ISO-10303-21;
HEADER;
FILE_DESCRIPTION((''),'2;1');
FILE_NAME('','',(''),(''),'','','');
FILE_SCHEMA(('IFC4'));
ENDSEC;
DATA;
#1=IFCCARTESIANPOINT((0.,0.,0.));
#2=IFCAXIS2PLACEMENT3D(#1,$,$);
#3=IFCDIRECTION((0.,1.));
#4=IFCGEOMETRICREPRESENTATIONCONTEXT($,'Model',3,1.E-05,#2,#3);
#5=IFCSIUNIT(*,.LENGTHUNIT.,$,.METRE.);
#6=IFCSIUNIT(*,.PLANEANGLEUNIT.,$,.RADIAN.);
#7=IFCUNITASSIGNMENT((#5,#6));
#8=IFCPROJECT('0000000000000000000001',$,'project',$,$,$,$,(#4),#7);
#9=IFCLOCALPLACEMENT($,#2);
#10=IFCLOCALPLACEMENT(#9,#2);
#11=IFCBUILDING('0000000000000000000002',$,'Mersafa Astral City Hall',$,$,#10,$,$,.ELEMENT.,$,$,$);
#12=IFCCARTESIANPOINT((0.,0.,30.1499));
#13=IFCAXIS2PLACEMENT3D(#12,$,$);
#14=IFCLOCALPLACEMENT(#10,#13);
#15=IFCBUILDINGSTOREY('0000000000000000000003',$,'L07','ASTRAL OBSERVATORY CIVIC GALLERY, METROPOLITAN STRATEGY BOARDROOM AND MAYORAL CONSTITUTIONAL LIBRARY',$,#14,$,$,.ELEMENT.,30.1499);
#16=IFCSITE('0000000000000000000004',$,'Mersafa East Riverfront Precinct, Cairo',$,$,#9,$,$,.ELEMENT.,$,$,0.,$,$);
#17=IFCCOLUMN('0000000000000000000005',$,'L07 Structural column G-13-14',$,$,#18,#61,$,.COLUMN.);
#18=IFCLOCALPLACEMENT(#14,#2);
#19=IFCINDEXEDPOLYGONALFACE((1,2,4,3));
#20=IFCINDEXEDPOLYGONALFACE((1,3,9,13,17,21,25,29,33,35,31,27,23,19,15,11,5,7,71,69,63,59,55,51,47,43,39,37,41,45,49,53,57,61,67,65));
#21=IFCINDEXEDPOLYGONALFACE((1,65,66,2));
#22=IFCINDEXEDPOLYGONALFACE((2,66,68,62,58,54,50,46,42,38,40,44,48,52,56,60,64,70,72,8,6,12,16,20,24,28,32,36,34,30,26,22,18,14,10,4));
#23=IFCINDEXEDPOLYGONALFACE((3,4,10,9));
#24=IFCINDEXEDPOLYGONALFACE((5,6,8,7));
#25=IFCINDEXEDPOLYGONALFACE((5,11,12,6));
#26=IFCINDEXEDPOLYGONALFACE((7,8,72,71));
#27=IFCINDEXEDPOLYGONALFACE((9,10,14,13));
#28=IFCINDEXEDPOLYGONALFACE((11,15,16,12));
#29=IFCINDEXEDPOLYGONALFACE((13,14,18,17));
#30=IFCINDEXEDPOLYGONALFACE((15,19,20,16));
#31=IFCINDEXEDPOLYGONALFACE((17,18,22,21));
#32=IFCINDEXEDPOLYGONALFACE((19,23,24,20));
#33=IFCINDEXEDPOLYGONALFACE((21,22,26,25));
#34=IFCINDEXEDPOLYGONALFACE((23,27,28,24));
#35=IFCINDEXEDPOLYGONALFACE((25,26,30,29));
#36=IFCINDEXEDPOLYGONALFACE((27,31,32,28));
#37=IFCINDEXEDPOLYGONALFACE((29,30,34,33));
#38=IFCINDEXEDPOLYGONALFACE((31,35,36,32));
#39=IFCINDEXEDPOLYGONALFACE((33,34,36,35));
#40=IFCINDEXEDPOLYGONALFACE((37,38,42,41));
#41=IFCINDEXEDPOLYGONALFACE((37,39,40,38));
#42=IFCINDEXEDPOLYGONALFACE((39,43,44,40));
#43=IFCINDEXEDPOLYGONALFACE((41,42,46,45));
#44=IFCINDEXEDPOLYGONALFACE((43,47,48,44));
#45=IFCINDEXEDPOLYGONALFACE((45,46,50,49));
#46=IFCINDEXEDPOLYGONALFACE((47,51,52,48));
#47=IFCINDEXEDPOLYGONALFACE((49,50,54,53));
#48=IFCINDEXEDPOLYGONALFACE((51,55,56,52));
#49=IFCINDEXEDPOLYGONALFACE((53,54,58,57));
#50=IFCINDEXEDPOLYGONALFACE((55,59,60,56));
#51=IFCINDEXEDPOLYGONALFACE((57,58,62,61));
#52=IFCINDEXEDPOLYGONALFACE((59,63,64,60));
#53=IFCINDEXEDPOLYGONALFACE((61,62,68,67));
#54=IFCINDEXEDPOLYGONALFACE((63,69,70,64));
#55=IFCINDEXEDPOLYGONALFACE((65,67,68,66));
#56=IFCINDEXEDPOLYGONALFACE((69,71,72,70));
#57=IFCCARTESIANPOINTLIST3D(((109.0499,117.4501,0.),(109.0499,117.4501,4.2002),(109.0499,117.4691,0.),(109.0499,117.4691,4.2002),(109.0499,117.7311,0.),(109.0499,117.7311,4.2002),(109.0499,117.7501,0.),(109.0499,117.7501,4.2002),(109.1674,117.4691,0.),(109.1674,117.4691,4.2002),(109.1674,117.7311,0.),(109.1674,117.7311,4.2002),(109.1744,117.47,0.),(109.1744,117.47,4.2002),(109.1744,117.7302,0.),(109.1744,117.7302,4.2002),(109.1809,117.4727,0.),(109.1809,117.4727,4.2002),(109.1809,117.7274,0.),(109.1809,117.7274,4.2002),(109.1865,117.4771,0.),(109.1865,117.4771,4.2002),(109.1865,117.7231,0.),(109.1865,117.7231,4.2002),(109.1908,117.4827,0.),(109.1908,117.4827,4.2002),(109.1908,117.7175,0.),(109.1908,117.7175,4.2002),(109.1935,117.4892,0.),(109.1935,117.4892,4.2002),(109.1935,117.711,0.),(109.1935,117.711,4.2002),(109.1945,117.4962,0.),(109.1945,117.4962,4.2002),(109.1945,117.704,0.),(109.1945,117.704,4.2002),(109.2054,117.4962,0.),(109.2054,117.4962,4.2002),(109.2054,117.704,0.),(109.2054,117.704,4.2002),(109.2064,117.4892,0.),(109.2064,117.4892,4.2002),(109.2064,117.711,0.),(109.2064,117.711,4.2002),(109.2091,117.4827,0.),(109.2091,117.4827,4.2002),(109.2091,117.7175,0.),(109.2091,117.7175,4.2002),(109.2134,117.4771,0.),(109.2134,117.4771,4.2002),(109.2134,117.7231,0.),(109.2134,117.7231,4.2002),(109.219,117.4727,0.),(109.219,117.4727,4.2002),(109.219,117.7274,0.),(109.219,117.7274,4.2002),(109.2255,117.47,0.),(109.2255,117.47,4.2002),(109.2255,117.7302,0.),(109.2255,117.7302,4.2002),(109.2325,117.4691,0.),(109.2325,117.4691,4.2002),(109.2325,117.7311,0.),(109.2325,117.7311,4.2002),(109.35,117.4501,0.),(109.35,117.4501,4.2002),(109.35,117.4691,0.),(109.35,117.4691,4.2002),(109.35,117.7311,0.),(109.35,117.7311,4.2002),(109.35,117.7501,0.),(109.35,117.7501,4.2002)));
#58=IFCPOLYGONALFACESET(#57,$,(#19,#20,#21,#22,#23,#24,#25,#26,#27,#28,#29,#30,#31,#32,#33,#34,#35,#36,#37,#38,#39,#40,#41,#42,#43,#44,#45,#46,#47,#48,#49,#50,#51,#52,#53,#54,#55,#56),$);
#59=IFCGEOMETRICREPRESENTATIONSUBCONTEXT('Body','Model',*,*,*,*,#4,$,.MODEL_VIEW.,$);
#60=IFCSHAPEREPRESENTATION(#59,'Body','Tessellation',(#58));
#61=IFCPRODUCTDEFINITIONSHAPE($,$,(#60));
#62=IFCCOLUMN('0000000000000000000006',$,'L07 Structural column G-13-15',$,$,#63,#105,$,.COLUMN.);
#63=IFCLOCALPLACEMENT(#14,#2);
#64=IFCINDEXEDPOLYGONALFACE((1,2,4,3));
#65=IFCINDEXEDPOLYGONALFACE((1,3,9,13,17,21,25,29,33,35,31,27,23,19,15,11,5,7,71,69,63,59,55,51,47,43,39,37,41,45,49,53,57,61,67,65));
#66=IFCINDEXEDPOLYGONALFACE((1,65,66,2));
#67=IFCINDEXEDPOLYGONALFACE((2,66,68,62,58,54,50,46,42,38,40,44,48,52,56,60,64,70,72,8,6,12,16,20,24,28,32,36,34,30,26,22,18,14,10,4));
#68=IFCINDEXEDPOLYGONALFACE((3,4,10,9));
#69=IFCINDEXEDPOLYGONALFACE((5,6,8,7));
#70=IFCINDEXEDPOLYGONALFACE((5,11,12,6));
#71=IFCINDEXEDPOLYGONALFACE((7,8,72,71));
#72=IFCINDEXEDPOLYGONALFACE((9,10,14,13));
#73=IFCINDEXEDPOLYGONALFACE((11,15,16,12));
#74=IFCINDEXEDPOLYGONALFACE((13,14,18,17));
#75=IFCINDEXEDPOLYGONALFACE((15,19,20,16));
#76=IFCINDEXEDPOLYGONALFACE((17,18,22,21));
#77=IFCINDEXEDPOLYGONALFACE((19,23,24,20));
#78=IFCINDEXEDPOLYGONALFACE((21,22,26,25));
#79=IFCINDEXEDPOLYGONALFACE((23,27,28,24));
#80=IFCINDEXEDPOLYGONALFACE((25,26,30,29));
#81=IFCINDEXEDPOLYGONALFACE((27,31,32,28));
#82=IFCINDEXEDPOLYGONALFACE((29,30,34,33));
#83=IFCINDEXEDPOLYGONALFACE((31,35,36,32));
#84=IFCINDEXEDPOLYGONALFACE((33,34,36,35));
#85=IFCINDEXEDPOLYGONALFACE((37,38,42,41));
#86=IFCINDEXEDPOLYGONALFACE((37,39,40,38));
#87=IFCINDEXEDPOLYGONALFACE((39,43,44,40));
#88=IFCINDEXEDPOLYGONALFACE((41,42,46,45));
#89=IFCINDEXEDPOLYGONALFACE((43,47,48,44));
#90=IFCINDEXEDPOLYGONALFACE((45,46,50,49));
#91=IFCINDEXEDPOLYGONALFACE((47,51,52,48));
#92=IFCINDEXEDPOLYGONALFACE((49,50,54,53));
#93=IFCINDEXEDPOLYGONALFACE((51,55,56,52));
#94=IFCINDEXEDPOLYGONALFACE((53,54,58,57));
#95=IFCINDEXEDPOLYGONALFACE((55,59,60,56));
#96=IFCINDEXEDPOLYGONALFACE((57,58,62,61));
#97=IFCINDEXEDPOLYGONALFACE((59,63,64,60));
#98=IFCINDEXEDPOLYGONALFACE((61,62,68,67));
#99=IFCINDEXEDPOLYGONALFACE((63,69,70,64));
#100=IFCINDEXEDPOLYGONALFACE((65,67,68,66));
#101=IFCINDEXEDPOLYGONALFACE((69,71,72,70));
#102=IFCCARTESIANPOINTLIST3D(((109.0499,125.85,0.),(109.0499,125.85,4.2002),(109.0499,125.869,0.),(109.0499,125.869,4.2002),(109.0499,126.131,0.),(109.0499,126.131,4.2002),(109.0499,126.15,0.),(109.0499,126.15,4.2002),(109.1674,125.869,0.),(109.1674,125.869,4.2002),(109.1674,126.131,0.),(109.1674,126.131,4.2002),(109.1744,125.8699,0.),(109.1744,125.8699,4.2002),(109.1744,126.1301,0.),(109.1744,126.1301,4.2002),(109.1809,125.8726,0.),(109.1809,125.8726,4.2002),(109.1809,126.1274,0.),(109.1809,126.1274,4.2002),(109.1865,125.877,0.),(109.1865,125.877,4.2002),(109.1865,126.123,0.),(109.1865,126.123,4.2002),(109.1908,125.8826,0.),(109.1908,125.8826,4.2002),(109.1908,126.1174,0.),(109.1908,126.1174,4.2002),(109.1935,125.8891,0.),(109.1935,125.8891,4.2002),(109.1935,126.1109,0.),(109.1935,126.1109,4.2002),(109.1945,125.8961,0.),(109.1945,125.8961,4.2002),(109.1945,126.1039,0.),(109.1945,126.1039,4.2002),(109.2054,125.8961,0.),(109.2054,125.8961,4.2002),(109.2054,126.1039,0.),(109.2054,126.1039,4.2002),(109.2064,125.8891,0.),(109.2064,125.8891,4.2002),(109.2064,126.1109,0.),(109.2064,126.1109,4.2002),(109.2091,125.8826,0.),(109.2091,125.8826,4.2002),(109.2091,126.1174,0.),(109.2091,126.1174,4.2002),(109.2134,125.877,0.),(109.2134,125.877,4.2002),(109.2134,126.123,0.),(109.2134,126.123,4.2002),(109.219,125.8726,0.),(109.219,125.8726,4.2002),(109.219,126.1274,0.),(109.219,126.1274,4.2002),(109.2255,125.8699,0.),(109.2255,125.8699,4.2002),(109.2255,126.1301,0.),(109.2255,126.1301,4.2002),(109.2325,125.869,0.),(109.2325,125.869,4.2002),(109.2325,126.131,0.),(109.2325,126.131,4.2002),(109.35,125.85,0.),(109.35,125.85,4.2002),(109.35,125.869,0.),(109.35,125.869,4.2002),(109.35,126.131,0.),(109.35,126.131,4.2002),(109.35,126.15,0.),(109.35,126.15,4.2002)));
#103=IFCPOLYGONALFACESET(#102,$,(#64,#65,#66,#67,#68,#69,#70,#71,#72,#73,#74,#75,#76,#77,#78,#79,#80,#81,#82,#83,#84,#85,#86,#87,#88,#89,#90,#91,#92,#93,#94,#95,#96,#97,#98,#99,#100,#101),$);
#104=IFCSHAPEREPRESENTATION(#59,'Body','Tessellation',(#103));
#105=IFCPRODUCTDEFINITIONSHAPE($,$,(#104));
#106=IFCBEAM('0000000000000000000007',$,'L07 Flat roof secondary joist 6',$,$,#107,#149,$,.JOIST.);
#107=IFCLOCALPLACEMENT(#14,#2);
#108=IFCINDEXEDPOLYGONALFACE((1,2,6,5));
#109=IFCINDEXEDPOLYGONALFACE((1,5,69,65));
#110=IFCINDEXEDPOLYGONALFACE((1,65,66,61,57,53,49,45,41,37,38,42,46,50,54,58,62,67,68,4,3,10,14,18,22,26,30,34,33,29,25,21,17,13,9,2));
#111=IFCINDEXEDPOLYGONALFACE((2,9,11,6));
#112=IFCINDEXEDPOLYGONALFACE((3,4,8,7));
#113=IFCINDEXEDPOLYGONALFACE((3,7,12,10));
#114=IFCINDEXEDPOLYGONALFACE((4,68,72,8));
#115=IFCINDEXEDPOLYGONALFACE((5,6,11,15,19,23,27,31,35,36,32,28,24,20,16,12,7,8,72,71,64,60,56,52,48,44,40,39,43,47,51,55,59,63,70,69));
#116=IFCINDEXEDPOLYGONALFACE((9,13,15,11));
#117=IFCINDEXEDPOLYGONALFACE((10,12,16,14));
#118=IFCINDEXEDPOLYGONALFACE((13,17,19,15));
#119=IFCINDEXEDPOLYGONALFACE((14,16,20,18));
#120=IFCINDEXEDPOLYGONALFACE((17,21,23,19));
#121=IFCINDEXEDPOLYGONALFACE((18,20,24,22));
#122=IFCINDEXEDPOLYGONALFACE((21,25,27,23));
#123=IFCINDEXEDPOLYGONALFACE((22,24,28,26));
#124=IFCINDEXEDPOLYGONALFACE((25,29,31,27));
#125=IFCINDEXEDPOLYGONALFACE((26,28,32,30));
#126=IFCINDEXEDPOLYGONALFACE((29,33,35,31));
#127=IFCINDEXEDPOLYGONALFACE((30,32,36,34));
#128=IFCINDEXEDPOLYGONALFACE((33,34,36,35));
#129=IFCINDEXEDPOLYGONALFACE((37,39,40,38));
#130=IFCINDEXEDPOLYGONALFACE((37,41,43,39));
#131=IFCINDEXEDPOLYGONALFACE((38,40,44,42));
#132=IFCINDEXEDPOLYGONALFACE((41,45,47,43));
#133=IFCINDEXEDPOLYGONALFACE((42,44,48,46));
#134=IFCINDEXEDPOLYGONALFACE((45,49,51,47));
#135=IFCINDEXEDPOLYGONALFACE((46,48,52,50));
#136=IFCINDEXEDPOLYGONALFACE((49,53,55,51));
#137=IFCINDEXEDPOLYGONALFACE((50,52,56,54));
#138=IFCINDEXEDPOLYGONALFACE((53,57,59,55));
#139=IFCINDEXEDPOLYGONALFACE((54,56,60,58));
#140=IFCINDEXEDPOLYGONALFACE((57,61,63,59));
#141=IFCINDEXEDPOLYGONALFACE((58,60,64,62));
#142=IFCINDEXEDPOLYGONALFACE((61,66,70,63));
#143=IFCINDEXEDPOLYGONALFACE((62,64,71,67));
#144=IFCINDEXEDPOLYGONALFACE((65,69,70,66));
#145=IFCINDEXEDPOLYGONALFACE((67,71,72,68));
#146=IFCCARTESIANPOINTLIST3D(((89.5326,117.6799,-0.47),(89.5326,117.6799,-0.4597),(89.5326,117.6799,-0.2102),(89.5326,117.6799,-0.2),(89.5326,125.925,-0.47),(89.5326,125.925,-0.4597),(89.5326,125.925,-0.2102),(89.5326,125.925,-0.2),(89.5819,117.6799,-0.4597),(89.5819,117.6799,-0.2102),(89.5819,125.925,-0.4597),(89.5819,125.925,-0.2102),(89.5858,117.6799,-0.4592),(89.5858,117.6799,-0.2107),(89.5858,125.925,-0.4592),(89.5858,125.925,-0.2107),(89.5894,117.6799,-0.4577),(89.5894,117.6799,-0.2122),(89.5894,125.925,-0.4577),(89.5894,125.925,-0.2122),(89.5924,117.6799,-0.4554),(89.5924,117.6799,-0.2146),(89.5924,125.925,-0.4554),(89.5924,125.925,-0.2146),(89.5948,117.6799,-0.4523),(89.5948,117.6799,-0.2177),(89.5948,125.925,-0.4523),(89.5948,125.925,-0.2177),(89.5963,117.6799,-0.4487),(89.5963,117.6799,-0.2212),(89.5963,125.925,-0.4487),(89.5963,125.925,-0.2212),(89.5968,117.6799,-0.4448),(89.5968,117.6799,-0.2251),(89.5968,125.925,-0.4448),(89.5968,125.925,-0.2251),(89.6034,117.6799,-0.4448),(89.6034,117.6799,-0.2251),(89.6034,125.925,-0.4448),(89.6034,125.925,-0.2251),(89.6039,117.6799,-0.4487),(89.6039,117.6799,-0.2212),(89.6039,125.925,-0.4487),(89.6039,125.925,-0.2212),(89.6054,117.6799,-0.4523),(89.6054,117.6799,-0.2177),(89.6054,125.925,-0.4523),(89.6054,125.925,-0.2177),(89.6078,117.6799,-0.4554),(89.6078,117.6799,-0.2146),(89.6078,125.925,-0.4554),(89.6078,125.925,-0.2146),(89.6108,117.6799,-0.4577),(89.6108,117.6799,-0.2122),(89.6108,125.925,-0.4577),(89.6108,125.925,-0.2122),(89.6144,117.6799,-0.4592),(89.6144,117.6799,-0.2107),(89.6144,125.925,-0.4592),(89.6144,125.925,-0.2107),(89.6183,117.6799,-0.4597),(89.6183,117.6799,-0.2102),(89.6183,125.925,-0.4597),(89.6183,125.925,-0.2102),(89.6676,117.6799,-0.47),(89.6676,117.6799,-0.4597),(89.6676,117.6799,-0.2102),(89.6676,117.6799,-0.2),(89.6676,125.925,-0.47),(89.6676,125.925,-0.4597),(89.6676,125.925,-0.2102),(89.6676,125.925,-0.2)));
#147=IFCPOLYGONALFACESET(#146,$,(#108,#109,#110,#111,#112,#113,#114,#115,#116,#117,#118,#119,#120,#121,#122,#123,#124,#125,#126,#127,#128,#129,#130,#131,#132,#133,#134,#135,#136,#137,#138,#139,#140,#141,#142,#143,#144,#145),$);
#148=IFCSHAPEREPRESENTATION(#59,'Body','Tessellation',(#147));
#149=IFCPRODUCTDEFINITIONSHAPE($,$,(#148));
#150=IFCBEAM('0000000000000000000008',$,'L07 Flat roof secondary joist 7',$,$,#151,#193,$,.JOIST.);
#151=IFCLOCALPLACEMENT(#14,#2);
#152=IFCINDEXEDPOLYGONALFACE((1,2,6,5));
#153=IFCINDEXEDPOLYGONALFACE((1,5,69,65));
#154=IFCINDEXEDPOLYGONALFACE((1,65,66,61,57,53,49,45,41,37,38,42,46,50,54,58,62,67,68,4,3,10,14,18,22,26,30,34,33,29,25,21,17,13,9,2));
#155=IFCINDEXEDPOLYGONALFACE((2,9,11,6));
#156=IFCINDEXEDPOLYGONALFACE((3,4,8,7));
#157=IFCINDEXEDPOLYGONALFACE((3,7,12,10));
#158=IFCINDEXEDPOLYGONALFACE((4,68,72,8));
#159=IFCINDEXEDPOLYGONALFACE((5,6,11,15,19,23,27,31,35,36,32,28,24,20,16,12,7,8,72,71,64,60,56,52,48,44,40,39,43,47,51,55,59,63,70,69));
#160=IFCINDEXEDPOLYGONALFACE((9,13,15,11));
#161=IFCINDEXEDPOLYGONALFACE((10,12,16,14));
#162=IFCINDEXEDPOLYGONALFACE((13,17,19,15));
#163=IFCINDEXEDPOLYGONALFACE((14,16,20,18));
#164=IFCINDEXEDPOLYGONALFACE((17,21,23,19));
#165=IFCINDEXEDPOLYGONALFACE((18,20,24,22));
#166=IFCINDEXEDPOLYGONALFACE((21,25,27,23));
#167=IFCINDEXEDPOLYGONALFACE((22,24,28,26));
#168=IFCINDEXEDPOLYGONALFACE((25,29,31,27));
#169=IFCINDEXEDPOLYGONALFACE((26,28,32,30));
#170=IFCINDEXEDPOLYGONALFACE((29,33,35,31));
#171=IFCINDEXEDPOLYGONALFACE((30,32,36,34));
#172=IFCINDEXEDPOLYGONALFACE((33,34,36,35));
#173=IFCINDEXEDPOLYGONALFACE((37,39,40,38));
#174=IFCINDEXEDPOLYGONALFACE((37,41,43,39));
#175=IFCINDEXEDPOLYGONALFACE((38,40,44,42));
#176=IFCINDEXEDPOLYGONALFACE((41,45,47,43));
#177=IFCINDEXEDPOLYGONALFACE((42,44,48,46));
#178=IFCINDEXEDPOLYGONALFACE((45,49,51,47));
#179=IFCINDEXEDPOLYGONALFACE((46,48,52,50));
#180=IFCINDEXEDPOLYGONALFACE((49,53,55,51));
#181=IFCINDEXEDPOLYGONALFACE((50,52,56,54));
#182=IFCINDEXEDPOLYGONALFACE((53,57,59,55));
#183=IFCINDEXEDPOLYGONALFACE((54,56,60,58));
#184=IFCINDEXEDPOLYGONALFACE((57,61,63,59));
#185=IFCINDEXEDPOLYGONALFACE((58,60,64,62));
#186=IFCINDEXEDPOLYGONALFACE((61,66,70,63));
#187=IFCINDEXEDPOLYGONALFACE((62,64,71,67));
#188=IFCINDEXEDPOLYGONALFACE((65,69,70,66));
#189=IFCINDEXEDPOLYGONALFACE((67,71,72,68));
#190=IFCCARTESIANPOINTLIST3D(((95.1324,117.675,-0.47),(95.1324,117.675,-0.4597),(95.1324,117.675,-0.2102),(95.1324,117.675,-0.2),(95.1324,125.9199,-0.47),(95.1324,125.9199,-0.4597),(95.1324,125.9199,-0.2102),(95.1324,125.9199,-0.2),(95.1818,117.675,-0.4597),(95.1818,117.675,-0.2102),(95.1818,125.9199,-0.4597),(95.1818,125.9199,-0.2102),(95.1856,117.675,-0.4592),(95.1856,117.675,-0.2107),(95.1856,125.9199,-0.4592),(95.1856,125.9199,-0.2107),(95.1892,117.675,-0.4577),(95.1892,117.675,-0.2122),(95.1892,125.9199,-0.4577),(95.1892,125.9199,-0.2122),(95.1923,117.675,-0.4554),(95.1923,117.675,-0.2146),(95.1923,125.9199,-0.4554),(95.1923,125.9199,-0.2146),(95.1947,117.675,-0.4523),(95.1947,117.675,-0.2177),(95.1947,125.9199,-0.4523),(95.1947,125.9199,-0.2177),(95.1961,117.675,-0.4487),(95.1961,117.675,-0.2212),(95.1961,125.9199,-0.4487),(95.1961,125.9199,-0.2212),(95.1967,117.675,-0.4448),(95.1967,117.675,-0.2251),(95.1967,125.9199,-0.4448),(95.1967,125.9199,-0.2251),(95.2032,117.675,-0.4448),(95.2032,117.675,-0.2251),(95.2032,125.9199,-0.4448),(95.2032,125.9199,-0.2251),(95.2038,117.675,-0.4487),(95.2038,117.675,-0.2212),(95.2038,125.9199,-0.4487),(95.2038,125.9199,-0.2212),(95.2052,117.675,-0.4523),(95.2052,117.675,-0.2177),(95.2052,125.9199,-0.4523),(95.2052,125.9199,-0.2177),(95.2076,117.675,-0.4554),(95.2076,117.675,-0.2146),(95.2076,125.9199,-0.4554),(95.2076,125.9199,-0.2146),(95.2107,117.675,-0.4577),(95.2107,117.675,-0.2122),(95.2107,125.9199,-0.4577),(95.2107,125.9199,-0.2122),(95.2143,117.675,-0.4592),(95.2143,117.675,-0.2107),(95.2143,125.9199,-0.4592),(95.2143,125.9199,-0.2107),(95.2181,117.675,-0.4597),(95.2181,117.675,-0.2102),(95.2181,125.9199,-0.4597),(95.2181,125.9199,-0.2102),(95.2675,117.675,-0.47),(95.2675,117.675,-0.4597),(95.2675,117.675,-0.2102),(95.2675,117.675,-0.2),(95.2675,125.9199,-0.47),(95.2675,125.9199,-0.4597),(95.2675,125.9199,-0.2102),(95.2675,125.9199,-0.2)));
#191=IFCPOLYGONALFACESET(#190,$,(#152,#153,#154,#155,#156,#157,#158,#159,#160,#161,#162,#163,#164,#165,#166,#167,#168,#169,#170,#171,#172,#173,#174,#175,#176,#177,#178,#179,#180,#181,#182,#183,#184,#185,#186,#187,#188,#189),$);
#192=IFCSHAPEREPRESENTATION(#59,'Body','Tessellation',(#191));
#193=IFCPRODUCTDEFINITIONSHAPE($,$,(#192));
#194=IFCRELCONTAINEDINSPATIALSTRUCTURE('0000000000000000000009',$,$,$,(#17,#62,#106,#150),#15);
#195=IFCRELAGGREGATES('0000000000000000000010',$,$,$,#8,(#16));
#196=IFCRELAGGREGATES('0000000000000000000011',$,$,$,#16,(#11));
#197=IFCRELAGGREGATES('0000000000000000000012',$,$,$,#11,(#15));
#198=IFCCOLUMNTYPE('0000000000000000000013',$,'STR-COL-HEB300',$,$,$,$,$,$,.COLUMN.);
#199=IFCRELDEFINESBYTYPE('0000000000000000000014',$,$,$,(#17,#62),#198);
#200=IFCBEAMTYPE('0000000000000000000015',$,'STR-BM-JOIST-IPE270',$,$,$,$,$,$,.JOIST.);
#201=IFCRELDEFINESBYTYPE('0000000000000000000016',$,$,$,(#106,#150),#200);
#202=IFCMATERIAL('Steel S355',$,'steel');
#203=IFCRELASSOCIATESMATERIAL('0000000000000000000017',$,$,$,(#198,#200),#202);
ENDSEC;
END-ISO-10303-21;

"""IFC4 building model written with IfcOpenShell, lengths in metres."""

from ifc_helpers import new_model, si_unit, direction, frame, origin, origin_2d, place, context, subcontext, project, spatial, i_section, extrude, material, material_profile, profile_set, type_object, element, save


model = new_model("IFC4")

# Units and contexts
model_context = context("Model", 3, precision=1e-05, world=origin(), true_north=direction((0.0, 1.0)))
body_context = subcontext(model_context, "Body", "Model", "MODEL_VIEW")
ifc_project = project(units=[si_unit("LENGTHUNIT", "METRE"), si_unit("PLANEANGLEUNIT", "RADIAN")], contexts=[model_context])

# Site, building, storey
site_placement = place(None, origin())
site = spatial("IfcSite", under=ifc_project, at=site_placement, Name="Mersafa East Riverfront Precinct, Cairo", CompositionType="ELEMENT", RefElevation=0.0)
building_placement = place(site_placement, origin())
building = spatial("IfcBuilding", under=site, at=building_placement, Name="Mersafa Astral City Hall", CompositionType="ELEMENT")
storey_placement = place(building_placement, frame((0.0, 0.0, 30.1499)))
storey = spatial("IfcBuildingStorey", under=building, at=storey_placement, Name="L07", Description="ASTRAL OBSERVATORY CIVIC GALLERY, METROPOLITAN STRATEGY BOARDROOM AND MAYORAL CONSTITUTIONAL LIBRARY", CompositionType="ELEMENT", Elevation=30.1499)

# Columns
ifc_material_1 = material(Name="Steel S355", Category="steel")
ifc_material_profile_1 = material_profile(ifc_material_1, i_section(OverallWidth=0.3, OverallDepth=0.3, WebThickness=0.011, FlangeThickness=0.019, FilletRadius=0.0271, at=origin_2d()), Name="HEB 300")
ifc_profile_set_1 = profile_set([ifc_material_profile_1], Name="Steel S355")
column_type = type_object("IfcColumnType", Name="STR-COL-HEB300", PredefinedType="COLUMN", material=ifc_profile_set_1)
for number, where, z_axis, x_axis, name in (
    (1, (109.2, 117.6001, 0.0), (0.0, 0.0, 1.0), (1.0, 0.0, 0.0), "L07 Structural column G-13-14"),
    (2, (109.2, 126.0, 0.0), (0.0, 0.0, 1.0), (1.0, 0.0, 0.0), "L07 Structural column G-13-15"),
):
    element("IfcColumn", number, at=place(storey_placement, frame(where, z_axis=z_axis, x_axis=x_axis)), inside=storey, type_object=column_type, Name=name, PredefinedType="COLUMN", context=body_context, shape_type="SweptSolid", body=[
        extrude(i_section(OverallWidth=0.3, OverallDepth=0.3, WebThickness=0.011, FlangeThickness=0.019, FilletRadius=0.0271, at=origin_2d()), origin(), (0.0, 0.0, 1.0), 4.2002),
    ])

# Beams
ifc_material_profile_2 = material_profile(ifc_material_1, i_section(OverallWidth=0.135, OverallDepth=0.27, WebThickness=0.0066, FlangeThickness=0.0103, FilletRadius=0.0149, at=origin_2d()), Name="IPE 270")
ifc_profile_set_2 = profile_set([ifc_material_profile_2], Name="Steel S355")
beam_type_1 = type_object("IfcBeamType", Name="STR-BM-JOIST-IPE270", PredefinedType="JOIST", material=ifc_profile_set_2)
beam_1_placement = place(storey_placement, frame((89.6001, 117.6799, -0.335), z_axis=(0.0, 1.0, 0.0), x_axis=(-1.0, 0.0, 0.0)))
element("IfcBeam", 3, at=beam_1_placement, inside=storey, type_object=beam_type_1, Name="L07 Flat roof secondary joist 6", PredefinedType="JOIST", context=body_context, shape_type="SweptSolid", body=[
    extrude(i_section(OverallWidth=0.135, OverallDepth=0.27, WebThickness=0.0066, FlangeThickness=0.0103, FilletRadius=0.0149, at=origin_2d()), origin(), (0.0, 0.0, 1.0), 8.2451),
])
for number, where, z_axis, x_axis, name in (
    (4, (95.2, 117.675, -0.335), (0.0, 1.0, 0.0), (-1.0, 0.0, 0.0), "L07 Flat roof secondary joist 7"),
):
    element("IfcBeam", number, at=place(storey_placement, frame(where, z_axis=z_axis, x_axis=x_axis)), inside=storey, type_object=beam_type_1, Name=name, PredefinedType="JOIST", context=body_context, shape_type="SweptSolid", body=[
        extrude(i_section(OverallWidth=0.135, OverallDepth=0.27, WebThickness=0.0066, FlangeThickness=0.0103, FilletRadius=0.0149, at=origin_2d()), origin(), (0.0, 0.0, 1.0), 8.2449),
    ])

save(model, "model.ifc")
